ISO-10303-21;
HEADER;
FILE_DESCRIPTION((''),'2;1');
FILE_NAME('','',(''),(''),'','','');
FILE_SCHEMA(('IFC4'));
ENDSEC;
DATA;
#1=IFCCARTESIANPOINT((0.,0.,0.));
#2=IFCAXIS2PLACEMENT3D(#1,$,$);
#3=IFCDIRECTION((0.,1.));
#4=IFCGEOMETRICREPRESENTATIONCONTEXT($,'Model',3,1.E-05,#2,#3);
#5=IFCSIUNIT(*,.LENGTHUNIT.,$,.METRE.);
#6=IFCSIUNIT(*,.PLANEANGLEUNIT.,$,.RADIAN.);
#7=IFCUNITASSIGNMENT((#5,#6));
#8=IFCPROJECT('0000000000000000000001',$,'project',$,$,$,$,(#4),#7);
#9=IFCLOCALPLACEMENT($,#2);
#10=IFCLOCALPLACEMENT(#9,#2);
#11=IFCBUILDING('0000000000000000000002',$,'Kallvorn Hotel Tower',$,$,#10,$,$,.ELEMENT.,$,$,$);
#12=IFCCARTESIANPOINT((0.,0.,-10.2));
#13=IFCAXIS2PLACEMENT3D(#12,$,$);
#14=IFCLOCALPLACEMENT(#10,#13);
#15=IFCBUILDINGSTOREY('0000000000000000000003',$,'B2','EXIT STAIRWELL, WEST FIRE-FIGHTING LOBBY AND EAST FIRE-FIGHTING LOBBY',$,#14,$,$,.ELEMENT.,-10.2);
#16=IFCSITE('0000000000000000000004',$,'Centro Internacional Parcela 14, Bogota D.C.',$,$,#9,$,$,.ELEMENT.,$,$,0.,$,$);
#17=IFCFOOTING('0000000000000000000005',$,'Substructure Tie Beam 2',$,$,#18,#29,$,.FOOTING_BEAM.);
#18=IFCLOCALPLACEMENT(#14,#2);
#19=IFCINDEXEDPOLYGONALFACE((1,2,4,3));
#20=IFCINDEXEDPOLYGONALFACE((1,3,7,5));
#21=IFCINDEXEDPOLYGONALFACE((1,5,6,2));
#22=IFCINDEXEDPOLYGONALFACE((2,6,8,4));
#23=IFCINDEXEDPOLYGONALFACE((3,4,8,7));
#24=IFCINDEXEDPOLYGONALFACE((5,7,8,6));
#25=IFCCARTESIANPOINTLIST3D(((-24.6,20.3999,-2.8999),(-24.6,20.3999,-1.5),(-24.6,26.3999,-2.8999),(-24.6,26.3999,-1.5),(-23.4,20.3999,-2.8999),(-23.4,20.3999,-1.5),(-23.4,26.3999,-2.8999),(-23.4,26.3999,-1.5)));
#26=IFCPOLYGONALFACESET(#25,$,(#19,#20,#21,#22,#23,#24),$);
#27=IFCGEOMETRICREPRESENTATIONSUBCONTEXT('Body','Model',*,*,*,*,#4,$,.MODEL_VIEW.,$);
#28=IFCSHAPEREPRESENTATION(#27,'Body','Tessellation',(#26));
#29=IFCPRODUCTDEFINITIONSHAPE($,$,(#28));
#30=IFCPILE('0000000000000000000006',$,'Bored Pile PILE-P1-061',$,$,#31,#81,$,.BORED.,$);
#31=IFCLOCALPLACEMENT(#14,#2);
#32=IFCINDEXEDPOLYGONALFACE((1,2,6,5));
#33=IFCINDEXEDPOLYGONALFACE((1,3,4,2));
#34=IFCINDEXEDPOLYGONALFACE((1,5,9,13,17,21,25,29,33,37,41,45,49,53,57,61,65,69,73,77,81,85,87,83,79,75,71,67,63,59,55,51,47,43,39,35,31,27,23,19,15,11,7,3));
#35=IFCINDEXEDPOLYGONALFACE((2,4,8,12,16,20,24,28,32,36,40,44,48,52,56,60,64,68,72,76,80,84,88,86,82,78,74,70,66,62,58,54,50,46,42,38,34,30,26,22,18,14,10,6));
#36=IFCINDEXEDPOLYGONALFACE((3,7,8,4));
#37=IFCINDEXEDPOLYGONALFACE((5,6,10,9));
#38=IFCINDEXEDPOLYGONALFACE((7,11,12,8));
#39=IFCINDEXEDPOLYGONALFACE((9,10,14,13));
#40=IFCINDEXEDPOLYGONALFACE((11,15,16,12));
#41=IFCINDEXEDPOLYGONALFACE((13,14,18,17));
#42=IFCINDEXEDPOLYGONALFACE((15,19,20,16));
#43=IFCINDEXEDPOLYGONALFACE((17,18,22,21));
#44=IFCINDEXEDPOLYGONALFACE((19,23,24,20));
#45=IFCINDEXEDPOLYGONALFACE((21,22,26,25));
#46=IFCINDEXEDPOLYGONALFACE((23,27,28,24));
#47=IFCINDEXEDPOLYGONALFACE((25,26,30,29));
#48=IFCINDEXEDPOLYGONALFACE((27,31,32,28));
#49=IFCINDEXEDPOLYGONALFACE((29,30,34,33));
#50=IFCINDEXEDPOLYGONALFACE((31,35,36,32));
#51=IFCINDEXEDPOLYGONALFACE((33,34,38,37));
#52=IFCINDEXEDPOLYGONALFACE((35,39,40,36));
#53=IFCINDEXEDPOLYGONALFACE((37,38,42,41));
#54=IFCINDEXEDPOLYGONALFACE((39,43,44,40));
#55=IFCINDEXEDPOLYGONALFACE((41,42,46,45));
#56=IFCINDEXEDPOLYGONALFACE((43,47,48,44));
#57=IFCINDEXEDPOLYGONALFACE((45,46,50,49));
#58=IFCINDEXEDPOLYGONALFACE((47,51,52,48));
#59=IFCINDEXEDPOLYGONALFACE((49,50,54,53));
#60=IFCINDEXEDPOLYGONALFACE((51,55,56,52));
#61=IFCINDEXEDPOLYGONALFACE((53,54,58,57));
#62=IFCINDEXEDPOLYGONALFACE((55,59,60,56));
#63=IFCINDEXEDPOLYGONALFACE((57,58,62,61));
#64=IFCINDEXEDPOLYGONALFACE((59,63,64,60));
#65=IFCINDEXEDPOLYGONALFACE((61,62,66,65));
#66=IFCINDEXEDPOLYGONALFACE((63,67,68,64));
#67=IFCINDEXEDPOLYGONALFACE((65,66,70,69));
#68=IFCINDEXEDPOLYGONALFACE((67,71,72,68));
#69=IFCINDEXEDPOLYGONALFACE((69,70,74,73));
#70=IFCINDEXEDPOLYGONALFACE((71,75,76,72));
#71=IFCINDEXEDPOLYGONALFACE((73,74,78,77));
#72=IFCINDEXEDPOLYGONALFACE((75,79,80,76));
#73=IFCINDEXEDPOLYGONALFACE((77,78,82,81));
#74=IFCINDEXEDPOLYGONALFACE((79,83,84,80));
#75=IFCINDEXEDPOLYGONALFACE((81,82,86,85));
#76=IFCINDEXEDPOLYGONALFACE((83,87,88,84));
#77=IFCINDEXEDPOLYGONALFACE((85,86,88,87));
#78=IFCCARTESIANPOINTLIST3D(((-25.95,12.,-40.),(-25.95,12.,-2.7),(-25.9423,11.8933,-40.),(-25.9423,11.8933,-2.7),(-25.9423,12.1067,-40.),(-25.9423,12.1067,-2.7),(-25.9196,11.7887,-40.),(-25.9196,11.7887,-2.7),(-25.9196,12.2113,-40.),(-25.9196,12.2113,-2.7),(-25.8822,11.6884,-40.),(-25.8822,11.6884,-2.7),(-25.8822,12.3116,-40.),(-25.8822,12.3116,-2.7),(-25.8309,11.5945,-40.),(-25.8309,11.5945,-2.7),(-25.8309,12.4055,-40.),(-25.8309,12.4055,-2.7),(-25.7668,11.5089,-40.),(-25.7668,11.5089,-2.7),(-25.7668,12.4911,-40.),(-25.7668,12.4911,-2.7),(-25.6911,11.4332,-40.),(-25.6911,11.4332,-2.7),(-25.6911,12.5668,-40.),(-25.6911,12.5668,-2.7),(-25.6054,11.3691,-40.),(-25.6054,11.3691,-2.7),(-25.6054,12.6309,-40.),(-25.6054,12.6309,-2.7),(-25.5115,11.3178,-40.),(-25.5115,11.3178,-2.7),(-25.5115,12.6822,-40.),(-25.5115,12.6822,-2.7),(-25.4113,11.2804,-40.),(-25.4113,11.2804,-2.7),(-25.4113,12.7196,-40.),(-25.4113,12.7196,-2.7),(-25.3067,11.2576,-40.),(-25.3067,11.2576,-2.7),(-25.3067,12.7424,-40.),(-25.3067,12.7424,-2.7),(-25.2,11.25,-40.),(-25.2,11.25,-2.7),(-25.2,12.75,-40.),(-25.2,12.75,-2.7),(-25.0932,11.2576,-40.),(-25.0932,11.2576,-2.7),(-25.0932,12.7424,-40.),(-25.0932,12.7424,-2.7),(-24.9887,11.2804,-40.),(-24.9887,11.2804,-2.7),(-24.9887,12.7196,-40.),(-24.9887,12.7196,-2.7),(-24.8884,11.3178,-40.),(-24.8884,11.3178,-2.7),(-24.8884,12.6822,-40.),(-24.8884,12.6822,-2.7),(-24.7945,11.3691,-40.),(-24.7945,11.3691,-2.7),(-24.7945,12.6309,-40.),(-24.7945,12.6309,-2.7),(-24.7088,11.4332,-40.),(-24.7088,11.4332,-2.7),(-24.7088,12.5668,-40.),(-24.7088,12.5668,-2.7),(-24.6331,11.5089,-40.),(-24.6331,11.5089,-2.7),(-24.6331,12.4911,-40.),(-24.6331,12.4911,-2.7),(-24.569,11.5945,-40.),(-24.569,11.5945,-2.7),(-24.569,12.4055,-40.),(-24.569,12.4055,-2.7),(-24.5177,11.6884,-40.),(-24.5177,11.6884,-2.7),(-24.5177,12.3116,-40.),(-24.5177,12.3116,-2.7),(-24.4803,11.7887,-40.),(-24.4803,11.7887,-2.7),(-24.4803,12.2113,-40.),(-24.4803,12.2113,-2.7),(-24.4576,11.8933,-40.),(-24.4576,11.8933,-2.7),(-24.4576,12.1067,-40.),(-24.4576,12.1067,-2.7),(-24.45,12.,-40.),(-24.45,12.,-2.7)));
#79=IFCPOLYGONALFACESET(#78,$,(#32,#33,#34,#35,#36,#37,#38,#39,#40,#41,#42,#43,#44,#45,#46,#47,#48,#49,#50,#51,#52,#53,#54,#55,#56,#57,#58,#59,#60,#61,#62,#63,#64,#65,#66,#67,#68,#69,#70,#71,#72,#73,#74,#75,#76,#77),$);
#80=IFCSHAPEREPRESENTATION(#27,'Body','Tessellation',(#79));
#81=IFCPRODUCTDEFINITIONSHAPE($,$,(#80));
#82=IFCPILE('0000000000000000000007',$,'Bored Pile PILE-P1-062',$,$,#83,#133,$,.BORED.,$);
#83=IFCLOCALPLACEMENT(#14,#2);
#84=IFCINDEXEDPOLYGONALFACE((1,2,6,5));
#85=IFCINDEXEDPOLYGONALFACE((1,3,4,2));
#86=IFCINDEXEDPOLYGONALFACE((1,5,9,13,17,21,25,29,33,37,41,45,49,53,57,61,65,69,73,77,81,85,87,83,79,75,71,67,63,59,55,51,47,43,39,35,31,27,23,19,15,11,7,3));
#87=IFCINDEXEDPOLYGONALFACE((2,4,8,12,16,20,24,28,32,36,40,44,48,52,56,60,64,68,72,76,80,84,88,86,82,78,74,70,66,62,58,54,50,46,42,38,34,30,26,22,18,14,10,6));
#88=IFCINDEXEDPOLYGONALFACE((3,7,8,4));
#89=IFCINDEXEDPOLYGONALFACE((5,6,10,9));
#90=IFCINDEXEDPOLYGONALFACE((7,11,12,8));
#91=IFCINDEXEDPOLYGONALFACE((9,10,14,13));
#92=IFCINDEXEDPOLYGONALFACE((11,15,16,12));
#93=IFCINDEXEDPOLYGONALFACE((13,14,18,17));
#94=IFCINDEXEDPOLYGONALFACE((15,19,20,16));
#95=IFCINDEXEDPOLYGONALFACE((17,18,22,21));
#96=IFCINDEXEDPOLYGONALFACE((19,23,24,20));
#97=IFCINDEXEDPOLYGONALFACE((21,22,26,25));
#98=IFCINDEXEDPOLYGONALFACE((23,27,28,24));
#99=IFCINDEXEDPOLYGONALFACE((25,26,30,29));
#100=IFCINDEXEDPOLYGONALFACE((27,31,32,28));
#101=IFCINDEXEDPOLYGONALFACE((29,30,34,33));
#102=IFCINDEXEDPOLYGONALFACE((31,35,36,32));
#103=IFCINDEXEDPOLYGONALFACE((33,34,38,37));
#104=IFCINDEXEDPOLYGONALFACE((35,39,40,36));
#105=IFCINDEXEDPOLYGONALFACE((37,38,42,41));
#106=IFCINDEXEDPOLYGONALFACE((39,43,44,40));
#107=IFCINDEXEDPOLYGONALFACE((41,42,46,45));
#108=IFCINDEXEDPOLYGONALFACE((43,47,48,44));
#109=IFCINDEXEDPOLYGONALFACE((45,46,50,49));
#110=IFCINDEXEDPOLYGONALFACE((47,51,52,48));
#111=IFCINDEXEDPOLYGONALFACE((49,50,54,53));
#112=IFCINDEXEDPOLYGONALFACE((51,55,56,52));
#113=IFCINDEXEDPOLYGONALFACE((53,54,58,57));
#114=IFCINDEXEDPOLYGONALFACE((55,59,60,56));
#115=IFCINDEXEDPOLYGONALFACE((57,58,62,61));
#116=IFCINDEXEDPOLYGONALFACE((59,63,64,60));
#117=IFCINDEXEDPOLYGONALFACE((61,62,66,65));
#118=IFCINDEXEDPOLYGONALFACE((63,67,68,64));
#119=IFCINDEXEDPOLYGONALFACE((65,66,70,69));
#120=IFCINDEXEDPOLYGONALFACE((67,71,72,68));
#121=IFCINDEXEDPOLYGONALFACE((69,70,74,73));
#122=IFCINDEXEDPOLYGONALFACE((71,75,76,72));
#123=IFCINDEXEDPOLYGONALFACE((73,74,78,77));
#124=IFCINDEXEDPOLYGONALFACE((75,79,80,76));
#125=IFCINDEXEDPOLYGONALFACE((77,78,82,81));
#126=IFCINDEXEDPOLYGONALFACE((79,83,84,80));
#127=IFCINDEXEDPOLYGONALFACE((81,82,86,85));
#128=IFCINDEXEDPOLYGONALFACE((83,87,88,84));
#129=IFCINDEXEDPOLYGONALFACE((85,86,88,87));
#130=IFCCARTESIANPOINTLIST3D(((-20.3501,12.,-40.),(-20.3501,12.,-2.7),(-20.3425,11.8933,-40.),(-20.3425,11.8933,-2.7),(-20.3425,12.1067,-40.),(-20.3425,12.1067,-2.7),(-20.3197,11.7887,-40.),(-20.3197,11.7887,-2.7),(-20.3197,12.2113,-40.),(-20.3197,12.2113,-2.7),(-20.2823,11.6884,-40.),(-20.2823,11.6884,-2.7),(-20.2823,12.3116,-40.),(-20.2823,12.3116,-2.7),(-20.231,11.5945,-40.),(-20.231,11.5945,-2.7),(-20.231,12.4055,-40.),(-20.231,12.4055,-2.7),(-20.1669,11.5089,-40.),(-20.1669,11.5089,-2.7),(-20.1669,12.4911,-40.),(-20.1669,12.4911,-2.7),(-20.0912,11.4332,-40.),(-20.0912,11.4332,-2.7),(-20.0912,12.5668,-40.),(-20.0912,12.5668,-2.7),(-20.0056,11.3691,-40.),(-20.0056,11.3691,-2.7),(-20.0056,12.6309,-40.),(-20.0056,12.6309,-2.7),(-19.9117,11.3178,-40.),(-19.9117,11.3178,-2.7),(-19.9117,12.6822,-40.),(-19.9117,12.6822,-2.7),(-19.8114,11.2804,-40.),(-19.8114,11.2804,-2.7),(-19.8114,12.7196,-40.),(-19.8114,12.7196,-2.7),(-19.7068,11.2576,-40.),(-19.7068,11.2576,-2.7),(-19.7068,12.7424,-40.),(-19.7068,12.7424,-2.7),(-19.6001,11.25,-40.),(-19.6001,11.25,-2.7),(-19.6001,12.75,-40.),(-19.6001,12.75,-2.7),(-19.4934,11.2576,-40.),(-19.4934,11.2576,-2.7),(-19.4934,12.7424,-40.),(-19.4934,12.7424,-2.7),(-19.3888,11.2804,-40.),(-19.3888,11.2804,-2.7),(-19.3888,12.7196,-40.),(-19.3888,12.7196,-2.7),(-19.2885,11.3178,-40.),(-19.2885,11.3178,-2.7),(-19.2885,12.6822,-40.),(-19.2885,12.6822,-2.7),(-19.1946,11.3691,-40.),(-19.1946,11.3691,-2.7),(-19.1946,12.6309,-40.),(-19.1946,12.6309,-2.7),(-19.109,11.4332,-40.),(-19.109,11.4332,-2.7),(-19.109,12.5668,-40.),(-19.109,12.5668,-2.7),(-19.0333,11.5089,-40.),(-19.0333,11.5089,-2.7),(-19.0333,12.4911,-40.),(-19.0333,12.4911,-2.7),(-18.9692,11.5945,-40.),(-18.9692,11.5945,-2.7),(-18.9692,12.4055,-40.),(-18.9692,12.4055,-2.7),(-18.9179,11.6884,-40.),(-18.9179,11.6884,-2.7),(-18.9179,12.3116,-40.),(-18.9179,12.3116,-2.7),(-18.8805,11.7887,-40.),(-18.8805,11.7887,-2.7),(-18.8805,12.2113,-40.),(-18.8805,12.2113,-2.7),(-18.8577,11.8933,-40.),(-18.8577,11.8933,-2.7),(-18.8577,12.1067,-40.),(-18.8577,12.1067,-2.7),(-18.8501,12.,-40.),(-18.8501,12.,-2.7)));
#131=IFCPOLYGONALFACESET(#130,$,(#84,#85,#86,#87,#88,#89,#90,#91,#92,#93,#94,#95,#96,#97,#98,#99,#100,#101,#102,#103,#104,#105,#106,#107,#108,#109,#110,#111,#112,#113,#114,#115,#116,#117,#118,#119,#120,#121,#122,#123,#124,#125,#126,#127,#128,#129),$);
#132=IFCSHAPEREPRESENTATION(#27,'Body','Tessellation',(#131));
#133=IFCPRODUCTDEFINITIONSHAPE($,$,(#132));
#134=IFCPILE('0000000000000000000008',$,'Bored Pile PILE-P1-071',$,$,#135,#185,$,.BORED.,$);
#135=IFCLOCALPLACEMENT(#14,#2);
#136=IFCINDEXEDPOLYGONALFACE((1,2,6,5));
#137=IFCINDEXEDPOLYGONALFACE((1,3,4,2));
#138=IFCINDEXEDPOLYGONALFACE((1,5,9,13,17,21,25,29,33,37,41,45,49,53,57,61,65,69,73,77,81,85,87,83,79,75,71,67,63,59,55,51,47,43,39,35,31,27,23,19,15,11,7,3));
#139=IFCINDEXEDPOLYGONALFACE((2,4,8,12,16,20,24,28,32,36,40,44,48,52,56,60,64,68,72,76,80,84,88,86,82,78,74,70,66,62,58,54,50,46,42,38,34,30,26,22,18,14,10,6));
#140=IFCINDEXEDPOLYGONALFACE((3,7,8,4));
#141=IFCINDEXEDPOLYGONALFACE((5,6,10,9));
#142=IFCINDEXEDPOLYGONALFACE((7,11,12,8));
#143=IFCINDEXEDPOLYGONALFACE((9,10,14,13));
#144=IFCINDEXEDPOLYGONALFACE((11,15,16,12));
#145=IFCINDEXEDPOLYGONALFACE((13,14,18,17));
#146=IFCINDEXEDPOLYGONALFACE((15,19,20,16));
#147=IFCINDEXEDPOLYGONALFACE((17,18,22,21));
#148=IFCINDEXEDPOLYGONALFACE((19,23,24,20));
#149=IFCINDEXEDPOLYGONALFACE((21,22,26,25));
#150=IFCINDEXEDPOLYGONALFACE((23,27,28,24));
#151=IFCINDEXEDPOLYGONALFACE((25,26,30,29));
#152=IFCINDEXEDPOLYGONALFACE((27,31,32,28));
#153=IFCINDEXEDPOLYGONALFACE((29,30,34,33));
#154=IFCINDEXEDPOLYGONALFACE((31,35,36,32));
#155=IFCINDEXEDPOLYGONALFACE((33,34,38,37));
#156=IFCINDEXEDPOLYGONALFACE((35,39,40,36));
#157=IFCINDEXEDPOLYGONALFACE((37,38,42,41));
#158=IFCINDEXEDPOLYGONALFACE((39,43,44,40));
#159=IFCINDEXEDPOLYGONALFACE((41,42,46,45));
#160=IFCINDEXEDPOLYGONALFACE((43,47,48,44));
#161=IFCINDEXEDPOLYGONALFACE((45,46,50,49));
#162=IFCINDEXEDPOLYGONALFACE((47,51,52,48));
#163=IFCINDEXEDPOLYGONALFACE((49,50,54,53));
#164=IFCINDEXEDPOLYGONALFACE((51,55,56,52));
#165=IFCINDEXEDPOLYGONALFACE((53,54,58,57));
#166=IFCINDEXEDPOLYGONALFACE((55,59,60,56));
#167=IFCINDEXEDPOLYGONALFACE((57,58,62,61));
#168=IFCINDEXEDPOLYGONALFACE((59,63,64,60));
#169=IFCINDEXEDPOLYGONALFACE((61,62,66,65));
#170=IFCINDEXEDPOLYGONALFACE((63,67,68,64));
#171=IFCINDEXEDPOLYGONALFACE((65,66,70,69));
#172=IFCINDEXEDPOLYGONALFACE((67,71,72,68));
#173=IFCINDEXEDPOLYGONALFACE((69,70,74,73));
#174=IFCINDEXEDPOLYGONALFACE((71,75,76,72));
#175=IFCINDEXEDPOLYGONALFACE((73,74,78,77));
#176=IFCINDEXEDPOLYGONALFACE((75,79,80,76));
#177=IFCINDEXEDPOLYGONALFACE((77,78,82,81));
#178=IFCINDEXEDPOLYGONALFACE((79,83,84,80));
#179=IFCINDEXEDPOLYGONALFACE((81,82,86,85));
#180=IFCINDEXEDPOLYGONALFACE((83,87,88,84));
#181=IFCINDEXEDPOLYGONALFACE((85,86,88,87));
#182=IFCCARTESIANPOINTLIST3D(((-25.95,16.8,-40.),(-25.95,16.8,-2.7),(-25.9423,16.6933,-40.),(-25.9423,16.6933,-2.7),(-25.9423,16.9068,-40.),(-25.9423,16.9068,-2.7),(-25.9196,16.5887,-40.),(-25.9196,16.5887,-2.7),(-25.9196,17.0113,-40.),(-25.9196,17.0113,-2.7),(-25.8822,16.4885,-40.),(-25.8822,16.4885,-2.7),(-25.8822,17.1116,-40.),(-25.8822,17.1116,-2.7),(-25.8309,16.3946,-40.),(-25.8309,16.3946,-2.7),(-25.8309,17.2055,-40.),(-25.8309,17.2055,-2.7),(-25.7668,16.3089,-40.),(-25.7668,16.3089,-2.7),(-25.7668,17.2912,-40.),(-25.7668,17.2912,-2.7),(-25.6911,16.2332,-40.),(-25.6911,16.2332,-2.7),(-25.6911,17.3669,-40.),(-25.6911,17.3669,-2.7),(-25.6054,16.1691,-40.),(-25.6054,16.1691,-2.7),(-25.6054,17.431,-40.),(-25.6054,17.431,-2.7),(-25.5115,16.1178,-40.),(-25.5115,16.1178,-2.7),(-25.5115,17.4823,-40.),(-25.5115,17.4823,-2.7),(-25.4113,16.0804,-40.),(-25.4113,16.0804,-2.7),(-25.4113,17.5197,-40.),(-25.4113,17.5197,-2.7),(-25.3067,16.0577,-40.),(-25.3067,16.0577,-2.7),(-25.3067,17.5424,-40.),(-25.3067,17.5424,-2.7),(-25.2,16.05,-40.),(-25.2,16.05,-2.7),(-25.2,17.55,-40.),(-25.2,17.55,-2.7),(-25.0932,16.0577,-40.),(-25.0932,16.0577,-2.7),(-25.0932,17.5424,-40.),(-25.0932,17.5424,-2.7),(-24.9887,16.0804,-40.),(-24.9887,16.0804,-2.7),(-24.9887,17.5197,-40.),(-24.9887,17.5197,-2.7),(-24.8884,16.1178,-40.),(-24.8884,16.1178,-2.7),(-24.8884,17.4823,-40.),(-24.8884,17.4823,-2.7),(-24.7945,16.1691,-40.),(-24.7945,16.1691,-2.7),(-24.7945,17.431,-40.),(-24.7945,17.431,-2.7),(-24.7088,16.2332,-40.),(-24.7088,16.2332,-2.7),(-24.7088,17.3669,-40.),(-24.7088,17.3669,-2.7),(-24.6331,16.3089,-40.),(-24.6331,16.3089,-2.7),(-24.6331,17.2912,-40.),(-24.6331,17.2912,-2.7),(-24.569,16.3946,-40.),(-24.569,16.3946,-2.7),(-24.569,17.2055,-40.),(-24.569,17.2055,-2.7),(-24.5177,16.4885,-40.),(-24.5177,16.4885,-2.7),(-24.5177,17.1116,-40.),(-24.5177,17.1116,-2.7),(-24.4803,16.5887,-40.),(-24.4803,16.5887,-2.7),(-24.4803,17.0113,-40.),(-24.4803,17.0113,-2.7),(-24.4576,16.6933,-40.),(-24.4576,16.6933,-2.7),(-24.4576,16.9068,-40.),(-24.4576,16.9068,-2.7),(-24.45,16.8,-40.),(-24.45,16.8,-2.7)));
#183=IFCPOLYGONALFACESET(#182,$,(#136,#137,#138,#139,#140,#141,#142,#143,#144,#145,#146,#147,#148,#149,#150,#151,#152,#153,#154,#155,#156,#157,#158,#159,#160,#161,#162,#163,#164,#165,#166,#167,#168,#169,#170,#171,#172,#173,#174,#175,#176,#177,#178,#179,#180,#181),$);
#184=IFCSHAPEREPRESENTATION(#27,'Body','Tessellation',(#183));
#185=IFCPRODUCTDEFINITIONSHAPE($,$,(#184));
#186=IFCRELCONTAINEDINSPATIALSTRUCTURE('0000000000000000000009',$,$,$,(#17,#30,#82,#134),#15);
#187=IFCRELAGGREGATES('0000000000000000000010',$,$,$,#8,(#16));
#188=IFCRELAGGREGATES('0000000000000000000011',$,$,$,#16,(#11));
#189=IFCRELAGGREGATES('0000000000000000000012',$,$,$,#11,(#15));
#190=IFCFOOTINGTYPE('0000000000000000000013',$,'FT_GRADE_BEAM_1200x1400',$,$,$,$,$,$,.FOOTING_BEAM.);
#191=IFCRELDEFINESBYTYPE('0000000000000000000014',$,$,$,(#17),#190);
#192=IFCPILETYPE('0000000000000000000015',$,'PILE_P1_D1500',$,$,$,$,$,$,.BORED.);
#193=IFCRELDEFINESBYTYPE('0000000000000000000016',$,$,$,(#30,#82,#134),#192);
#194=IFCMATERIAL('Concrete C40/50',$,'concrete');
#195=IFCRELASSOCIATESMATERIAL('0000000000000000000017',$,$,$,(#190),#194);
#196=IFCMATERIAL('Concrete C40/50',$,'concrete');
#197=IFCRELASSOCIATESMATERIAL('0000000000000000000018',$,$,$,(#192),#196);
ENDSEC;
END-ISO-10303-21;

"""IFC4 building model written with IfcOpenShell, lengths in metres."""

from ifc_helpers import new_model, si_unit, direction, frame, origin, origin_2d, place, context, subcontext, project, spatial, rectangle, circle, extrude, material, material_profile, profile_set, type_object, element, save


model = new_model("IFC4")

# Units and contexts
model_context = context("Model", 3, precision=1e-05, world=origin(), true_north=direction((0.0, 1.0)))
body_context = subcontext(model_context, "Body", "Model", "MODEL_VIEW")
ifc_project = project(units=[si_unit("LENGTHUNIT", "METRE"), si_unit("PLANEANGLEUNIT", "RADIAN")], contexts=[model_context])

# Site, building, storey
site_placement = place(None, origin())
site = spatial("IfcSite", under=ifc_project, at=site_placement, Name="Centro Internacional Parcela 14, Bogota D.C.", CompositionType="ELEMENT", RefElevation=0.0)
building_placement = place(site_placement, origin())
building = spatial("IfcBuilding", under=site, at=building_placement, Name="Kallvorn Hotel Tower", CompositionType="ELEMENT")
storey_placement = place(building_placement, frame((0.0, 0.0, -10.2)))
storey = spatial("IfcBuildingStorey", under=building, at=storey_placement, Name="B2", Description="EXIT STAIRWELL, WEST FIRE-FIGHTING LOBBY AND EAST FIRE-FIGHTING LOBBY", CompositionType="ELEMENT", Elevation=-10.2)

# Footing
ifc_material_1 = material(Name="Concrete C40/50", Category="concrete")
ifc_material_profile_1 = material_profile(ifc_material_1, rectangle(XDim=1.2, YDim=1.3999, at=origin_2d()), Name="RC 1200x1400")
ifc_profile_set_1 = profile_set([ifc_material_profile_1], Name="Concrete C40/50")
footing_type = type_object("IfcFootingType", Name="FT_GRADE_BEAM_1200x1400", PredefinedType="FOOTING_BEAM", material=ifc_profile_set_1)
footing_placement = place(storey_placement, frame((-24.0, 20.3999, -2.2), z_axis=(0.0, 1.0, 0.0), x_axis=(-1.0, 0.0, 0.0)))
element("IfcFooting", 1, at=footing_placement, inside=storey, type_object=footing_type, Name="Substructure Tie Beam 2", PredefinedType="FOOTING_BEAM", context=body_context, shape_type="SweptSolid", body=[
    extrude(rectangle(XDim=1.2, YDim=1.3999, at=origin_2d()), origin(), (0.0, 0.0, 1.0), 6.0),
])

# Piles
ifc_material_2 = material(Name="Concrete C40/50", Category="concrete")
ifc_material_profile_2 = material_profile(ifc_material_2, circle(Radius=0.75, at=origin_2d()), Name="PILE D1500")
ifc_profile_set_2 = profile_set([ifc_material_profile_2], Name="Concrete C40/50")
pile_type_1 = type_object("IfcPileType", Name="PILE_P1_D1500", PredefinedType="BORED", material=ifc_profile_set_2)
for number, where, z_axis, x_axis, name in (
    (2, (-25.2, 12.0, -2.7), (0.0, 0.0, -1.0), (1.0, 0.0, 0.0), "Bored Pile PILE-P1-061"),
    (3, (-19.6001, 12.0, -2.7), (0.0, 0.0, -1.0), (1.0, 0.0, 0.0), "Bored Pile PILE-P1-062"),
    (4, (-25.2, 16.8, -2.7), (0.0, 0.0, -1.0), (1.0, 0.0, 0.0), "Bored Pile PILE-P1-071"),
):
    element("IfcPile", number, at=place(storey_placement, frame(where, z_axis=z_axis, x_axis=x_axis)), inside=storey, type_object=pile_type_1, Name=name, PredefinedType="BORED", context=body_context, shape_type="SweptSolid", body=[
        extrude(circle(Radius=0.75, at=origin_2d()), origin(), (0.0, 0.0, 1.0), 37.3),
    ])

save(model, "model.ifc")
